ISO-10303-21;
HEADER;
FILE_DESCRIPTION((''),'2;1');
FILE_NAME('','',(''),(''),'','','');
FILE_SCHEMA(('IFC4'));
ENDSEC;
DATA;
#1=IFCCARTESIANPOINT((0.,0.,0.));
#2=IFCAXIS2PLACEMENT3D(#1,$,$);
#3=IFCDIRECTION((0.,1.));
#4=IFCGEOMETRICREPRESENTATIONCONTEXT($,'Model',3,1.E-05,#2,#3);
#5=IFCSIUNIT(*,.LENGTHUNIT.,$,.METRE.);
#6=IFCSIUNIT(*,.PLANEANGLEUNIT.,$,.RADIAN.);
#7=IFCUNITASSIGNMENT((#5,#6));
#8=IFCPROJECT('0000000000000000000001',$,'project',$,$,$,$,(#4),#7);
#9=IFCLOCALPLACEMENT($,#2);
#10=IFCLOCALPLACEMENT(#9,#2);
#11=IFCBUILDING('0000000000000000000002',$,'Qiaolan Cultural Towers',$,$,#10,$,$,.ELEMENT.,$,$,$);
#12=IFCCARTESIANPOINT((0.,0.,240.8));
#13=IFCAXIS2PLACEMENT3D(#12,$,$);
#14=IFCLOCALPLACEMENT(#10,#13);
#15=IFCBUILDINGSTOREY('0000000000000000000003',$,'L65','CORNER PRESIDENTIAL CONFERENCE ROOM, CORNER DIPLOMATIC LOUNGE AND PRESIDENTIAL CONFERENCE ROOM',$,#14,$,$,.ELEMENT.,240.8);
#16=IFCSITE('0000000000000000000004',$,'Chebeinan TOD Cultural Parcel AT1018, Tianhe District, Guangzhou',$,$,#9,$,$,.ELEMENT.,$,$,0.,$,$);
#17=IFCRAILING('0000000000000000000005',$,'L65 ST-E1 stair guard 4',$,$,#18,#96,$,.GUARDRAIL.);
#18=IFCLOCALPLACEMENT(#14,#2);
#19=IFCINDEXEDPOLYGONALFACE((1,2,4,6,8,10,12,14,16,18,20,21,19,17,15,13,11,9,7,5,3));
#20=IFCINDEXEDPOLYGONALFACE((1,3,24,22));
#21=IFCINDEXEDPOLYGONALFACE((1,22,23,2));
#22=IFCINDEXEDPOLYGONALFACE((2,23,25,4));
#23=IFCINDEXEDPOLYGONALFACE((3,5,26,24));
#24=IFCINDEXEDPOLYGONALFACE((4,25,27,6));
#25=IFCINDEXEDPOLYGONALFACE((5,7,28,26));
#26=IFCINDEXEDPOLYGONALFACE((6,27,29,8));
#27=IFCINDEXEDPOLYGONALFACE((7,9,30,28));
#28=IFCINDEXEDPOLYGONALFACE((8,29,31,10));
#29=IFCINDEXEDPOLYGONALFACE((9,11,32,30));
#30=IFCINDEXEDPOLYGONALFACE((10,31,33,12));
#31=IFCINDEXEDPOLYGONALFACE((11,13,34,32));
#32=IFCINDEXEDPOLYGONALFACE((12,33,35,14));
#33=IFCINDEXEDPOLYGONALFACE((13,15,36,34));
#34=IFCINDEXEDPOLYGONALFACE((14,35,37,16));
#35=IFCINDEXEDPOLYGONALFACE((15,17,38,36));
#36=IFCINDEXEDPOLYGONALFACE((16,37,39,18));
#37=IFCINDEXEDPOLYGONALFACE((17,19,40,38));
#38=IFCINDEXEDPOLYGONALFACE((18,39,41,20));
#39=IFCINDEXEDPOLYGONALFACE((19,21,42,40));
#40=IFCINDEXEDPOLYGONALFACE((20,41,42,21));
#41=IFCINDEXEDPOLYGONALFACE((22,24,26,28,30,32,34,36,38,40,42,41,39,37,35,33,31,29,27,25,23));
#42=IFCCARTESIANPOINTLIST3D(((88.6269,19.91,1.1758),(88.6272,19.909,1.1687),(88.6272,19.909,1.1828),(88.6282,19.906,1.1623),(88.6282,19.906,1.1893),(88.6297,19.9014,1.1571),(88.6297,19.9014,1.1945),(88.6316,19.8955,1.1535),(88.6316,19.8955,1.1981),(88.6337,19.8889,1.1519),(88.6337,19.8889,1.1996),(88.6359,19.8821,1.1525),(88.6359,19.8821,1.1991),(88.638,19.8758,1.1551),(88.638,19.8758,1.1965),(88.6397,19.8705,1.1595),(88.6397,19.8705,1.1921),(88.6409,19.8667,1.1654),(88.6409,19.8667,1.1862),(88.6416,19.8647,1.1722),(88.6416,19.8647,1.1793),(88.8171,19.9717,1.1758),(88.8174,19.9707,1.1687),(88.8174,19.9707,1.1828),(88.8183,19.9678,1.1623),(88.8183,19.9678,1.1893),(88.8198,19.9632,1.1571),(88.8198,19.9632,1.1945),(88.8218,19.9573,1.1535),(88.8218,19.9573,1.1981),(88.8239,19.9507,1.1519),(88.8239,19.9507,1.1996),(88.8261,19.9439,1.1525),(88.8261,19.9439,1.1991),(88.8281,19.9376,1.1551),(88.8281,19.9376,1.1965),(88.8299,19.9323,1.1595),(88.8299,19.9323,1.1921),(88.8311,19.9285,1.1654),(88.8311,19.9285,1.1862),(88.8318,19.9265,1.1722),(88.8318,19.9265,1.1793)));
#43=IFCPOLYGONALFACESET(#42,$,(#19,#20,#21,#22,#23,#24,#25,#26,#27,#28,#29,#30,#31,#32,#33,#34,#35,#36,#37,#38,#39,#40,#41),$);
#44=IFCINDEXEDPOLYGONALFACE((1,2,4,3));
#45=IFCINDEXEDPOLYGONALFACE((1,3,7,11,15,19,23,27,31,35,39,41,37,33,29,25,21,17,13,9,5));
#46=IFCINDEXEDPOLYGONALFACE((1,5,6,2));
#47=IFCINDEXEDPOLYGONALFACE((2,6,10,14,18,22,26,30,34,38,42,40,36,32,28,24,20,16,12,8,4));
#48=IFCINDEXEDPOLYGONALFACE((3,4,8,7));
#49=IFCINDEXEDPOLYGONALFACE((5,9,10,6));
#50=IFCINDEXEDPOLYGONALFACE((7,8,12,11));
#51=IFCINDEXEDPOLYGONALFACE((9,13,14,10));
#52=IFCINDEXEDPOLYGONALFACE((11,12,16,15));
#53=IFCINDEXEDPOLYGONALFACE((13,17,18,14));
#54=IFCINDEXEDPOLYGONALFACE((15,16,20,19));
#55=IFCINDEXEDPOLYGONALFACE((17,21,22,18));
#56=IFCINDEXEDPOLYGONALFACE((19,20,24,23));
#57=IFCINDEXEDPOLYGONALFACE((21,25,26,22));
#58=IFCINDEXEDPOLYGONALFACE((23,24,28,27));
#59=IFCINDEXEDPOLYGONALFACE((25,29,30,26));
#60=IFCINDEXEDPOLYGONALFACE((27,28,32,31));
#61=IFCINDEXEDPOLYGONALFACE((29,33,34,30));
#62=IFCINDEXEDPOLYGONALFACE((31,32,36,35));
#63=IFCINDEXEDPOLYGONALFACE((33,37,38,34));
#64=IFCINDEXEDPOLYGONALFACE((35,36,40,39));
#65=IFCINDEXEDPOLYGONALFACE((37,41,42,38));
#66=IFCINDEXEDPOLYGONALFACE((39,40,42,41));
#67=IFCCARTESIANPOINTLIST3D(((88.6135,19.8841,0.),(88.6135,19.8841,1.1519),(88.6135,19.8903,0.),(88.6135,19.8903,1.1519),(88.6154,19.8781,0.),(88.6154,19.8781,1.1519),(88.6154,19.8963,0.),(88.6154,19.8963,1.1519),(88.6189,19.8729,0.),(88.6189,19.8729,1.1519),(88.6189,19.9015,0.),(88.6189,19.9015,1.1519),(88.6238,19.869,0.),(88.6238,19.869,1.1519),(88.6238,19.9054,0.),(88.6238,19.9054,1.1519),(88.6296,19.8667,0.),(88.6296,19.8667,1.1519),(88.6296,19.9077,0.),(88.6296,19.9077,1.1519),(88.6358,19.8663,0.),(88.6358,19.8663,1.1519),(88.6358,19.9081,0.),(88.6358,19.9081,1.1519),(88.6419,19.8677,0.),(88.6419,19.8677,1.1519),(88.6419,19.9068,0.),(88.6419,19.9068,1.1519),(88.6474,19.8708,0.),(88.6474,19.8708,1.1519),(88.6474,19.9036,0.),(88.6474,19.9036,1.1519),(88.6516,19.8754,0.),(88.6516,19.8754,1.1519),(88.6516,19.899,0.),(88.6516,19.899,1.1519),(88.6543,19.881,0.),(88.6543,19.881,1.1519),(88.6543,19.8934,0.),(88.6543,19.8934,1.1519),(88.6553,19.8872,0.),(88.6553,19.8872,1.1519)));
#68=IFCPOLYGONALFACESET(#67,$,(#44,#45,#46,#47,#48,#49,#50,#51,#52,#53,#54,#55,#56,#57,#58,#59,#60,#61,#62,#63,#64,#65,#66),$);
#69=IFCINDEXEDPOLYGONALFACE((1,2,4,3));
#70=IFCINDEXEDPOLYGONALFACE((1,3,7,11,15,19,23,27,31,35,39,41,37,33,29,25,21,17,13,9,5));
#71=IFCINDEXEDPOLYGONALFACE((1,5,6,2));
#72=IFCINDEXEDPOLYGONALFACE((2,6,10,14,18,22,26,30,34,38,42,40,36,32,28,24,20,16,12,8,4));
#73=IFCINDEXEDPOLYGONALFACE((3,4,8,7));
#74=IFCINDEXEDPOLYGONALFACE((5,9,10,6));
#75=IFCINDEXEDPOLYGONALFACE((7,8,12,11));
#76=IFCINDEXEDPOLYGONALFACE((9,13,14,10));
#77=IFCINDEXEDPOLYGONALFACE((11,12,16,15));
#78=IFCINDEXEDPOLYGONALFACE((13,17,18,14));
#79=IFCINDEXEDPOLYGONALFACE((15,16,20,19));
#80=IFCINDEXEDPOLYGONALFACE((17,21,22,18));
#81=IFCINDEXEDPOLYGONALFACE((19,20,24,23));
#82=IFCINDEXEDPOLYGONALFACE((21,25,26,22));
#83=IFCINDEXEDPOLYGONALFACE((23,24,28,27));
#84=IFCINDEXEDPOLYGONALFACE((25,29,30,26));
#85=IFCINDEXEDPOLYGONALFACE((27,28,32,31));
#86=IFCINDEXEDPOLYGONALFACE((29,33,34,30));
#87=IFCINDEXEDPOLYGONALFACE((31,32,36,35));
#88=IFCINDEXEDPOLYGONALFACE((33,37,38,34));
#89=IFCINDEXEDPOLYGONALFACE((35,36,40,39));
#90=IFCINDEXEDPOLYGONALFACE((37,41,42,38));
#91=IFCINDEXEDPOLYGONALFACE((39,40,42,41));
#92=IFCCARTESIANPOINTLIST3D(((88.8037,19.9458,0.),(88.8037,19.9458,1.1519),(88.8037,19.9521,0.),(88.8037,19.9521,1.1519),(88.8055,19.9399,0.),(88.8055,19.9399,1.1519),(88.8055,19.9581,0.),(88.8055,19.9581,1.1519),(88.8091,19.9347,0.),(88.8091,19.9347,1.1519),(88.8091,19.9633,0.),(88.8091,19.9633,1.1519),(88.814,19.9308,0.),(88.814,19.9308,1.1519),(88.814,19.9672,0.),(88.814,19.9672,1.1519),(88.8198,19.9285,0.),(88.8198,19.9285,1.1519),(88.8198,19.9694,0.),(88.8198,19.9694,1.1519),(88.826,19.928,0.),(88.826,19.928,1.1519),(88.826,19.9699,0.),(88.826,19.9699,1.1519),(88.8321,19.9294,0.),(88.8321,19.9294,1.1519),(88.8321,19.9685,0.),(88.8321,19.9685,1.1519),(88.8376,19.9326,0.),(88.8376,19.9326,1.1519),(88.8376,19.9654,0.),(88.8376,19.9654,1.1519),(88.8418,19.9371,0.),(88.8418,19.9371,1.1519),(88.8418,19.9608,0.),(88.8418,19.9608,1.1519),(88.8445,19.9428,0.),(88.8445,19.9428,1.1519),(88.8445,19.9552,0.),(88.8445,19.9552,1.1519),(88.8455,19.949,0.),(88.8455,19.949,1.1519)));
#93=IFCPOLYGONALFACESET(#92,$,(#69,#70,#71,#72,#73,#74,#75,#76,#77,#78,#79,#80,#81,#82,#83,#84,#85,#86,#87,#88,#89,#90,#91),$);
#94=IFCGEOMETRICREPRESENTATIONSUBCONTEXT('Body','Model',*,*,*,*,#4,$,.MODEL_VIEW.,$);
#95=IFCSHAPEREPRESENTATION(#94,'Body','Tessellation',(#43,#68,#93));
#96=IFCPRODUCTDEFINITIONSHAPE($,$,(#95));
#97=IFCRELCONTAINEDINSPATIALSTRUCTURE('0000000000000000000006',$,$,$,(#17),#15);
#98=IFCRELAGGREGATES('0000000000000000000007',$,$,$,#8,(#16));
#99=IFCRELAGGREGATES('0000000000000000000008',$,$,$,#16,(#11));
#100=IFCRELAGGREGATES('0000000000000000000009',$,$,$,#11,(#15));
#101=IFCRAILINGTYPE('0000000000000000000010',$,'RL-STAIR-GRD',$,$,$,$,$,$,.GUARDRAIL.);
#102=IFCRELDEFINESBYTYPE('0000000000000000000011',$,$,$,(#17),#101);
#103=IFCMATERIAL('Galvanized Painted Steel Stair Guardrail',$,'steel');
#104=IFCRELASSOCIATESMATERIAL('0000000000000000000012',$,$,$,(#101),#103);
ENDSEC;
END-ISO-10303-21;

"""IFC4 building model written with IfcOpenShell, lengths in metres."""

from ifc_helpers import new_model, si_unit, direction, frame, origin, origin_2d, place, context, subcontext, project, spatial, circle, extrude, material, type_object, element, save


model = new_model("IFC4")

# Units and contexts
model_context = context("Model", 3, precision=1e-05, world=origin(), true_north=direction((0.0, 1.0)))
body_context = subcontext(model_context, "Body", "Model", "MODEL_VIEW")
ifc_project = project(units=[si_unit("LENGTHUNIT", "METRE"), si_unit("PLANEANGLEUNIT", "RADIAN")], contexts=[model_context])

# Site, building, storey
site_placement = place(None, origin())
site = spatial("IfcSite", under=ifc_project, at=site_placement, Name="Chebeinan TOD Cultural Parcel AT1018, Tianhe District, Guangzhou", CompositionType="ELEMENT", RefElevation=0.0)
building_placement = place(site_placement, origin())
building = spatial("IfcBuilding", under=site, at=building_placement, Name="Qiaolan Cultural Towers", CompositionType="ELEMENT")
storey_placement = place(building_placement, frame((0.0, 0.0, 240.8)))
storey = spatial("IfcBuildingStorey", under=building, at=storey_placement, Name="L65", Description="CORNER PRESIDENTIAL CONFERENCE ROOM, CORNER DIPLOMATIC LOUNGE AND PRESIDENTIAL CONFERENCE ROOM", CompositionType="ELEMENT", Elevation=240.8)

# Railing
ifc_material_1 = material(Name="Galvanized Painted Steel Stair Guardrail", Category="steel")
railing_type_1 = type_object("IfcRailingType", Name="RL-STAIR-GRD", PredefinedType="GUARDRAIL", material=ifc_material_1)
railing_1_placement = place(storey_placement, frame((88.6343, 19.8872, 0.0)))
element("IfcRailing", 1, at=railing_1_placement, inside=storey, type_object=railing_type_1, Name="L65 ST-E1 stair guard 4", PredefinedType="GUARDRAIL", context=body_context, shape_type="SweptSolid", body=[
    extrude(circle(Radius=0.0239, at=origin_2d()), frame((0.0, 0.0, 1.1758), z_axis=(0.951097, 0.308893, 0.0), x_axis=(-0.308893, 0.951097, 0.0)), (0.0, 0.0, 1.0), 0.2),
    extrude(circle(Radius=0.021, at=origin_2d()), origin(), (0.0, 0.0, 1.0), 1.1519),
    extrude(circle(Radius=0.021, at=origin_2d()), frame((0.1902, 0.0618, 0.0)), (0.0, 0.0, 1.0), 1.1519),
])

save(model, "model.ifc")
